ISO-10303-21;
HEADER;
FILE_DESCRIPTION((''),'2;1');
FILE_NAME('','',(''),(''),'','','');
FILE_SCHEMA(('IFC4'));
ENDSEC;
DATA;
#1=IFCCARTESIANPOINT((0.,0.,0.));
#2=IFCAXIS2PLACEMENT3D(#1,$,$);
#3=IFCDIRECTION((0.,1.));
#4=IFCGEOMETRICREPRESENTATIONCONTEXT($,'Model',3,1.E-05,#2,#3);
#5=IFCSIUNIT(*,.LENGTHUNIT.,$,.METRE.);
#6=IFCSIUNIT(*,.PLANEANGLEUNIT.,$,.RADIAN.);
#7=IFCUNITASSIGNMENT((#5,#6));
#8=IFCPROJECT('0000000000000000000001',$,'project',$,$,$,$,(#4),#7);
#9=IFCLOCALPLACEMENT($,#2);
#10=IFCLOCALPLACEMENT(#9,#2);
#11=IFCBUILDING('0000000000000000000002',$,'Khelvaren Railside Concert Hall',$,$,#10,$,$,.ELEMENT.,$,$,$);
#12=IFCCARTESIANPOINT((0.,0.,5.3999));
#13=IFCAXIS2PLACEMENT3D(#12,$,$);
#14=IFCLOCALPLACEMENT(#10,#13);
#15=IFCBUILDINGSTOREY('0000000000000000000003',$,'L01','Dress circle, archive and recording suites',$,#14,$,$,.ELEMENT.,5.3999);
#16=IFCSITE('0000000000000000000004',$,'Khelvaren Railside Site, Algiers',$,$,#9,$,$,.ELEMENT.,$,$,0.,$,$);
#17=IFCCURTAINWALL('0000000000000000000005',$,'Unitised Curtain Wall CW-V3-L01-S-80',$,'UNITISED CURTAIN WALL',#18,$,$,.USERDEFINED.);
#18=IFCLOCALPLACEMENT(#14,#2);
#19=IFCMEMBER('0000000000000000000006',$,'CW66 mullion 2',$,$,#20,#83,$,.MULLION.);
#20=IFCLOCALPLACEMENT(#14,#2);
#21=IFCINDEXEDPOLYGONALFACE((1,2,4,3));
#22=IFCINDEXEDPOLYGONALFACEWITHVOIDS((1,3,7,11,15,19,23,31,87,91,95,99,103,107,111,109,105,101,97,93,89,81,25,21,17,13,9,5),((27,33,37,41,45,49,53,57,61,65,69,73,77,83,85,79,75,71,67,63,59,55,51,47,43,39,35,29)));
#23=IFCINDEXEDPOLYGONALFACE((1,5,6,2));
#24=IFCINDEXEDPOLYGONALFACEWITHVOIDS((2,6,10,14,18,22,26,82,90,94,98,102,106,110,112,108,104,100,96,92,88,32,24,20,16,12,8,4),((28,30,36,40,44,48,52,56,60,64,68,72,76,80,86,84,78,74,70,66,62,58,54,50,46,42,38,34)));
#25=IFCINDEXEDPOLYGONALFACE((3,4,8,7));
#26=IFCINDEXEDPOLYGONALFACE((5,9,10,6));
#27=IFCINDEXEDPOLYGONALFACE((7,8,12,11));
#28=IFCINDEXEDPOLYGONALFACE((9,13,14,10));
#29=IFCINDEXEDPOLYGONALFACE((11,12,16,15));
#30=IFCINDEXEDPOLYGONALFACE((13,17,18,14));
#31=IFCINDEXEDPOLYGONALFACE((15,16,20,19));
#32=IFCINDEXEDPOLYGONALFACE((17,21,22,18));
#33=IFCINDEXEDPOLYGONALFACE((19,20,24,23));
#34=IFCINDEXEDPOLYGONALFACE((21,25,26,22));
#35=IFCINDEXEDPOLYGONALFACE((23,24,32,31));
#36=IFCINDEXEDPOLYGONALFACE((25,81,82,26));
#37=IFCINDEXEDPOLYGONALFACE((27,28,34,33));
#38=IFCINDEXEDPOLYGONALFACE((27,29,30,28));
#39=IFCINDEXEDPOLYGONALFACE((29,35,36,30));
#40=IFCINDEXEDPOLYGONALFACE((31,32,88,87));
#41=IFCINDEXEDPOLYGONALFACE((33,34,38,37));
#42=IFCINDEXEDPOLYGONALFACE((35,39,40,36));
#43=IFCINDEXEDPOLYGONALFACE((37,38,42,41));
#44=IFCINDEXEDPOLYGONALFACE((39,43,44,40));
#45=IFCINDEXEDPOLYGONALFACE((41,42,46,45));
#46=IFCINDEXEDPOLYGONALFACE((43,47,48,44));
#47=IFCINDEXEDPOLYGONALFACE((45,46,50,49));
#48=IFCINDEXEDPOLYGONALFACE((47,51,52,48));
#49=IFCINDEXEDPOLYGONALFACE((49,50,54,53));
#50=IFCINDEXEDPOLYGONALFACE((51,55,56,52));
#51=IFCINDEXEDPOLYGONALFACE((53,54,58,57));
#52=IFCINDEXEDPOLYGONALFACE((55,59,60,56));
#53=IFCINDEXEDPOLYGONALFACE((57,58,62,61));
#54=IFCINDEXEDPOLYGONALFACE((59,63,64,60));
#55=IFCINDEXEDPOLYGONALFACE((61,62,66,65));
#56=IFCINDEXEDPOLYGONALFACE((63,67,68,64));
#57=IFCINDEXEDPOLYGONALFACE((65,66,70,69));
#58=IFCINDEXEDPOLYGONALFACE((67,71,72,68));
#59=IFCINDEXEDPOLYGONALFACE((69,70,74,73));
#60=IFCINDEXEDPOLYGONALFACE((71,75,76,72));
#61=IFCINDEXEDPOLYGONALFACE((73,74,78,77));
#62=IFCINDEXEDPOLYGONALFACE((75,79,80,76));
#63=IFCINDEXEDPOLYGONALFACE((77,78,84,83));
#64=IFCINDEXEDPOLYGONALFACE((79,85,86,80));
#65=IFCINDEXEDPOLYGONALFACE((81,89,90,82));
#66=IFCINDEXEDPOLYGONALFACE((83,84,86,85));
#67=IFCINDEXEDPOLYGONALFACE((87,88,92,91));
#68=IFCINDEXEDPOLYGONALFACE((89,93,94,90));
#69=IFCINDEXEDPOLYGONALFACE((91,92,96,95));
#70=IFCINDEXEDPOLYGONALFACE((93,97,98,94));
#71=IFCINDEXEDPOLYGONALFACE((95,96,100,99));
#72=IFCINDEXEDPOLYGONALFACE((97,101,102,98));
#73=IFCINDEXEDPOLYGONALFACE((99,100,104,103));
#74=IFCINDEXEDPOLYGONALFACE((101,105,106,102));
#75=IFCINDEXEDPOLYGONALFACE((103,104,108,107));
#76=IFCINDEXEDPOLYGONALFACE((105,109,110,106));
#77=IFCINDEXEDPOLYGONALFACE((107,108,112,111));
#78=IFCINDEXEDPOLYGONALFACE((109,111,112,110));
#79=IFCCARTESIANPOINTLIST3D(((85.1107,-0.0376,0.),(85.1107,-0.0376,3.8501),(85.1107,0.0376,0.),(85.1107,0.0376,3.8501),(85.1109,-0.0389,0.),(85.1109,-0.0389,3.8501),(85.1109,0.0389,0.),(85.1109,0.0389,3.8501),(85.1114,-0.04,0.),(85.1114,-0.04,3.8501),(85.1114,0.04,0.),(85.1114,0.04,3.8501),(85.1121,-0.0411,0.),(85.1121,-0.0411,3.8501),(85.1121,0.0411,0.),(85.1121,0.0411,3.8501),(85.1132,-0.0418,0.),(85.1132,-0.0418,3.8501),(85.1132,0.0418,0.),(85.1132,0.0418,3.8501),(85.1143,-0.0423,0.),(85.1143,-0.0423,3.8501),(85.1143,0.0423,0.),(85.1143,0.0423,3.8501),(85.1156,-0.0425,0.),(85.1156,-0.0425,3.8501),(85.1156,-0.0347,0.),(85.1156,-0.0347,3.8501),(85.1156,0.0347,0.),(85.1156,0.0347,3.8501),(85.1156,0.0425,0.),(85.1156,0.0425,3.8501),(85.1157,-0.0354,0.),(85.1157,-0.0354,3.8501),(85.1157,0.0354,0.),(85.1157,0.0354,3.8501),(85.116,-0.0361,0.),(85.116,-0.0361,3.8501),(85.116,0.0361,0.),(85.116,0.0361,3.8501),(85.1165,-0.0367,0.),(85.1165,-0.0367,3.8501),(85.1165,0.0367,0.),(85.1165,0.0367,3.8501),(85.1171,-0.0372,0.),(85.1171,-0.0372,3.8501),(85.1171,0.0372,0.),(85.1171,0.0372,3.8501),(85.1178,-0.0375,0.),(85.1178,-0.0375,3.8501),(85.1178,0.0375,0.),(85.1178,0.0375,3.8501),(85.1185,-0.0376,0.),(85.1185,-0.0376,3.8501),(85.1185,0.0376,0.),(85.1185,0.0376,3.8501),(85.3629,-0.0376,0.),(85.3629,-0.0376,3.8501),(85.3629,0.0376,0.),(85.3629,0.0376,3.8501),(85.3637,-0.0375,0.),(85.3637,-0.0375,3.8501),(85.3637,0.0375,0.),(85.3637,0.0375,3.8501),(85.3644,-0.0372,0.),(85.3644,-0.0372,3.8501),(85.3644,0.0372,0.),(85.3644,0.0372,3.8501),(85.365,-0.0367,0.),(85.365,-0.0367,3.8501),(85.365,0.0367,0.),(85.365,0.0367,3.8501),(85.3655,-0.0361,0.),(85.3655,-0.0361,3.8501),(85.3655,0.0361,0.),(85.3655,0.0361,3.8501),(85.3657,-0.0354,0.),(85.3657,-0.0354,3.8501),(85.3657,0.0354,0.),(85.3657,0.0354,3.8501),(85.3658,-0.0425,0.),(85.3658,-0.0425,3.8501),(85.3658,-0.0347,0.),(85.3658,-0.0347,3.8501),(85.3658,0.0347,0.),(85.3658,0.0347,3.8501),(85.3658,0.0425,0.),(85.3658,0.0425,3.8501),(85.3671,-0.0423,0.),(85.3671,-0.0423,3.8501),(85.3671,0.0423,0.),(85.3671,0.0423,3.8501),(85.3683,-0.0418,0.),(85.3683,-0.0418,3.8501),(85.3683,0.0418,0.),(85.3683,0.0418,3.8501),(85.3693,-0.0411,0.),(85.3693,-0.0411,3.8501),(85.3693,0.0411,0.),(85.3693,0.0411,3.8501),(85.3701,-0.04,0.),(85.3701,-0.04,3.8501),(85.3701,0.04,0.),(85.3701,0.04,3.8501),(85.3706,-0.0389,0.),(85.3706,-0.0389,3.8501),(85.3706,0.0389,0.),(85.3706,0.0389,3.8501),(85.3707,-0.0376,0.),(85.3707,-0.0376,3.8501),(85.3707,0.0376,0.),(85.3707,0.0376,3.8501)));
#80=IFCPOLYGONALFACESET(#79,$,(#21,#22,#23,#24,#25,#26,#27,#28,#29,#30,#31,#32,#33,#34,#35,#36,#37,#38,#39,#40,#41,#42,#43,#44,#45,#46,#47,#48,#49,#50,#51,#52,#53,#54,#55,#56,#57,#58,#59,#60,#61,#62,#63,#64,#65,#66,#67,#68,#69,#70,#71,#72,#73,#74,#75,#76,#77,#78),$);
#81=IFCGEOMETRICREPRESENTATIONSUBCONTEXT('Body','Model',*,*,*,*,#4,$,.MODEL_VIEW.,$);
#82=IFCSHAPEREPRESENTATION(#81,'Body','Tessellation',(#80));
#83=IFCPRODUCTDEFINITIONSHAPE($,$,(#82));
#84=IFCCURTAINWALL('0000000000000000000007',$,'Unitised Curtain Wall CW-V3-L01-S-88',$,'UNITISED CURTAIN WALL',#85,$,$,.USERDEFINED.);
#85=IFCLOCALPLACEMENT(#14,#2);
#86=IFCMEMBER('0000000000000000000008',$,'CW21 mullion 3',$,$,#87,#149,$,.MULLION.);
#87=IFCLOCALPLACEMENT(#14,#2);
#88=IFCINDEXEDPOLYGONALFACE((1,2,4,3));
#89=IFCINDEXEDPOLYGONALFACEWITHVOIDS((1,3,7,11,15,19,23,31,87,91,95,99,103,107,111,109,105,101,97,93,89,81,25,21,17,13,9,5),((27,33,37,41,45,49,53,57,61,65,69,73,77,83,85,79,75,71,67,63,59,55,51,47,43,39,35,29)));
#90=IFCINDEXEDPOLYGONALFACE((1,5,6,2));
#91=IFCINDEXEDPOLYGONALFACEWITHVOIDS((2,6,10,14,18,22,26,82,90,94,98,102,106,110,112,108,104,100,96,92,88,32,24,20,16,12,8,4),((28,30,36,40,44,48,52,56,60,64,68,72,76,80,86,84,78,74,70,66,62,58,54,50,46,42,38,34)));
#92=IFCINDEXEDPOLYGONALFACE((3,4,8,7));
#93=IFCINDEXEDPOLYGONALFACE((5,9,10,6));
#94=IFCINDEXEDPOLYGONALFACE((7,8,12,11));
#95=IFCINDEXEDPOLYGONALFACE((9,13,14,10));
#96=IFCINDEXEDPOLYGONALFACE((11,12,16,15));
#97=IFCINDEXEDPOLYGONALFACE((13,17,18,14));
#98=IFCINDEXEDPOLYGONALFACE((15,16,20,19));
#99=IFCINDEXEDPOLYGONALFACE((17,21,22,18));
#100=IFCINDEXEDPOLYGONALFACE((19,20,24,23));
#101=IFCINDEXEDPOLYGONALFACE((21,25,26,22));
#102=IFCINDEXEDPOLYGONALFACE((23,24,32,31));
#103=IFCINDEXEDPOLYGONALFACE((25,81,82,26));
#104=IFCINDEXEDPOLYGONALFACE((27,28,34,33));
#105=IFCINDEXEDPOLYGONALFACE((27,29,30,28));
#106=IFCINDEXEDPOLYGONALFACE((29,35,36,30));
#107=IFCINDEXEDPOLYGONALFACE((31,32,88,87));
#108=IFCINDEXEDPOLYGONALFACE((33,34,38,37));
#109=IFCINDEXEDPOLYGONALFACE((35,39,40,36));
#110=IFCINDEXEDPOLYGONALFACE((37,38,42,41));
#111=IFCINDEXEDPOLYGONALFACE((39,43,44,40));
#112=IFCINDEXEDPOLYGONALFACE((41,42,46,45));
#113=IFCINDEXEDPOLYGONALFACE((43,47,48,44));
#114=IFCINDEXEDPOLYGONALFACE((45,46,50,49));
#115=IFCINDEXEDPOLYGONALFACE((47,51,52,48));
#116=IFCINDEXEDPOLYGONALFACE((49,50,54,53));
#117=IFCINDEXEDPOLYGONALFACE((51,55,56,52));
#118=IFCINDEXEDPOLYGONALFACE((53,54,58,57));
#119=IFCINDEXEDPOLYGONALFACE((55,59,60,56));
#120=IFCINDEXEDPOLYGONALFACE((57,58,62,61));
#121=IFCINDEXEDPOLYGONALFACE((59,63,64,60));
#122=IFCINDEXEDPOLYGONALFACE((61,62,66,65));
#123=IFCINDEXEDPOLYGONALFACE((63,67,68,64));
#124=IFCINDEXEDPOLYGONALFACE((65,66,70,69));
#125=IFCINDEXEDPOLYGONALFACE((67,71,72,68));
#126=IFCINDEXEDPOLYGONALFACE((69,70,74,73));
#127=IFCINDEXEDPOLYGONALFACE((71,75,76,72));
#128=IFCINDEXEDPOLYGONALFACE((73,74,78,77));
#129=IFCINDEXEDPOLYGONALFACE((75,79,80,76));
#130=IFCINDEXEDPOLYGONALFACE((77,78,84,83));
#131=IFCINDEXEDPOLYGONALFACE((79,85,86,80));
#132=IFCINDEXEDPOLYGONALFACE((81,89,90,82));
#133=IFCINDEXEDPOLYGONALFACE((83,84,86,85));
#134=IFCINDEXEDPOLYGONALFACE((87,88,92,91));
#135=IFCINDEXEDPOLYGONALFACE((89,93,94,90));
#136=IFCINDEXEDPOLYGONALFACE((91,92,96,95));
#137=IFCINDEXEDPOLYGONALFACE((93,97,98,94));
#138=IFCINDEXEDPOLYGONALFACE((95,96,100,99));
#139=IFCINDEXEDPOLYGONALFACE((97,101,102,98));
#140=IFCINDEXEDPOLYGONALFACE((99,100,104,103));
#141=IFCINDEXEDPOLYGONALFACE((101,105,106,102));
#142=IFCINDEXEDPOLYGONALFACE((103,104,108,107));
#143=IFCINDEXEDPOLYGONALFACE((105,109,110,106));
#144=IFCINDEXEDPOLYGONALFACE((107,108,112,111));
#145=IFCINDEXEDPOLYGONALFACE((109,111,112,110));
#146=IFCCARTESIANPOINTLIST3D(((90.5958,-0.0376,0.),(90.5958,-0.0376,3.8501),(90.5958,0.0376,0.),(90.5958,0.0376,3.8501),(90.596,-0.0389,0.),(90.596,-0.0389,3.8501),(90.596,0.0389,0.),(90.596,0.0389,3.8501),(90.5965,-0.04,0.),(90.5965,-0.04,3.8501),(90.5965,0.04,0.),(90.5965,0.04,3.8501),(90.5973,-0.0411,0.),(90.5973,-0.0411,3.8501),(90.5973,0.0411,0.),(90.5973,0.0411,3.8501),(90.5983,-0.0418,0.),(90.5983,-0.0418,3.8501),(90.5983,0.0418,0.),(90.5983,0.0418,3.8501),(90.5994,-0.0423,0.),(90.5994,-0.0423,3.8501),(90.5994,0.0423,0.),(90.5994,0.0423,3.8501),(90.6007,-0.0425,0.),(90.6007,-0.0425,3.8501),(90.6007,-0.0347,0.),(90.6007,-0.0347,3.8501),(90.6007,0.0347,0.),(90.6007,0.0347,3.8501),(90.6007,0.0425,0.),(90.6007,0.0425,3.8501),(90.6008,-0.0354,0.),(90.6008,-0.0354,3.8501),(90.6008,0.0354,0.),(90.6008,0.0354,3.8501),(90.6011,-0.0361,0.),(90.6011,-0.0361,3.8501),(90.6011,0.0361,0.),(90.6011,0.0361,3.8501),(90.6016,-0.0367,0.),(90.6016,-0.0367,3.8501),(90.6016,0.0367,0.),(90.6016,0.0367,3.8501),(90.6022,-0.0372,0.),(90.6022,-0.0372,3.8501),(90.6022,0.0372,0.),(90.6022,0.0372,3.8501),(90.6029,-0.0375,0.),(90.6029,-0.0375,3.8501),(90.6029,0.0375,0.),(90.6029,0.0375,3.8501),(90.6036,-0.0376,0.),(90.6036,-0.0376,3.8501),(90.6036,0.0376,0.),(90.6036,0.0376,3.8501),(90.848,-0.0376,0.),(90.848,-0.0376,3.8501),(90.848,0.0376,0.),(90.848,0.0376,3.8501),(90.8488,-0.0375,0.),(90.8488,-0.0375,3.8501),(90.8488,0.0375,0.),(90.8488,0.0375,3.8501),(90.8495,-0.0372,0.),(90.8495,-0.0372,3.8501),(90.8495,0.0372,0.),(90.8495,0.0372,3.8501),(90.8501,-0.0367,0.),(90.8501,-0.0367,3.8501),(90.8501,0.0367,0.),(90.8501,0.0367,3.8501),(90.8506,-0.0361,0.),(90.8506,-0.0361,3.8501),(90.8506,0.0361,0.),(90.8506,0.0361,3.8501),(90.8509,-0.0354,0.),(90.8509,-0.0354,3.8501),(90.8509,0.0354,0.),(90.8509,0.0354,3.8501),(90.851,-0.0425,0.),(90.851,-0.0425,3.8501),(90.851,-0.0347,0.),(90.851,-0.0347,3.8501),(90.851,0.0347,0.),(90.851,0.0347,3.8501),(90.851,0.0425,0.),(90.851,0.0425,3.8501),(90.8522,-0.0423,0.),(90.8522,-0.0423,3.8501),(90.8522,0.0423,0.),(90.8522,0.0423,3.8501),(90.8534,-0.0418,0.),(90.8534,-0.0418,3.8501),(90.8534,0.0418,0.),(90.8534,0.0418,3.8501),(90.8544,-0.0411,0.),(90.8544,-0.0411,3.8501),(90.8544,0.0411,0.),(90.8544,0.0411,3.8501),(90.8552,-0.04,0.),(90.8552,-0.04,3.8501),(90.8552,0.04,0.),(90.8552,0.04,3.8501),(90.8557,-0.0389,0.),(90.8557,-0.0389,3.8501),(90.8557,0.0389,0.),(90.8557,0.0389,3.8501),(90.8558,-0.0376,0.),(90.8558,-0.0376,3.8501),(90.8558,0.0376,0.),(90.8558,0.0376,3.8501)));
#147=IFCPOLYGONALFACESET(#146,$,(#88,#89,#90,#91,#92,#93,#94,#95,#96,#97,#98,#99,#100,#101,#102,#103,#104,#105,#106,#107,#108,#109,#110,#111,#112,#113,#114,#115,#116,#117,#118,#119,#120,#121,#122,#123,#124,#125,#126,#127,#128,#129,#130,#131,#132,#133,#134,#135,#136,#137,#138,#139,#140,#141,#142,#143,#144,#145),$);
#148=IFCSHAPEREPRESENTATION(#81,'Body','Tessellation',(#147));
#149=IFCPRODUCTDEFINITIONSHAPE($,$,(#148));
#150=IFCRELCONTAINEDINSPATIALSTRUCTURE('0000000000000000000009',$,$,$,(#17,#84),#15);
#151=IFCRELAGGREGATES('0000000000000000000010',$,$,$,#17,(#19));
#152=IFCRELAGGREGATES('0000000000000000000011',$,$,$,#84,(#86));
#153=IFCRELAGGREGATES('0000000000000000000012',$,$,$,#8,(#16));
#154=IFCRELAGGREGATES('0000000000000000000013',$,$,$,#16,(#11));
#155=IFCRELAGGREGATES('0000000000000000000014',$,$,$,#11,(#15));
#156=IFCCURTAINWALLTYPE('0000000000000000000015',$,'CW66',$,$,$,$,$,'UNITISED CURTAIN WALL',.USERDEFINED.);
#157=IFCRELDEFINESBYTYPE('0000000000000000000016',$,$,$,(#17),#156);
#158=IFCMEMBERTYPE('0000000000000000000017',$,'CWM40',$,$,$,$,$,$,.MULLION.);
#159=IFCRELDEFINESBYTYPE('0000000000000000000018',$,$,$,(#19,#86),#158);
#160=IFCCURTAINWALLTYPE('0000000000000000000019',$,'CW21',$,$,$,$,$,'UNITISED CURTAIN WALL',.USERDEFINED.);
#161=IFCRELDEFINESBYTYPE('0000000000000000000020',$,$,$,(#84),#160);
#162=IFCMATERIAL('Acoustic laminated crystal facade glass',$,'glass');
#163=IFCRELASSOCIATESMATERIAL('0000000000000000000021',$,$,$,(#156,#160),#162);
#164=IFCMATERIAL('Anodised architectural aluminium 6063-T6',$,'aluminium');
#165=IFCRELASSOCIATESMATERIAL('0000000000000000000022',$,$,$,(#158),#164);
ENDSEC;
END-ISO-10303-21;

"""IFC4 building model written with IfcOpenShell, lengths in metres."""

from ifc_helpers import new_model, si_unit, direction, frame, origin, origin_2d, place, context, subcontext, project, spatial, hollow_rectangle, extrude, material, material_profile, profile_set, type_object, element, aggregate, save


model = new_model("IFC4")

# Units and contexts
model_context = context("Model", 3, precision=1e-05, world=origin(), true_north=direction((0.0, 1.0)))
body_context = subcontext(model_context, "Body", "Model", "MODEL_VIEW")
ifc_project = project(units=[si_unit("LENGTHUNIT", "METRE"), si_unit("PLANEANGLEUNIT", "RADIAN")], contexts=[model_context])

# Site, building, storey
site_placement = place(None, origin())
site = spatial("IfcSite", under=ifc_project, at=site_placement, Name="Khelvaren Railside Site, Algiers", CompositionType="ELEMENT", RefElevation=0.0)
building_placement = place(site_placement, origin())
building = spatial("IfcBuilding", under=site, at=building_placement, Name="Khelvaren Railside Concert Hall", CompositionType="ELEMENT")
storey_placement = place(building_placement, frame((0.0, 0.0, 5.3999)))
storey = spatial("IfcBuildingStorey", under=building, at=storey_placement, Name="L01", Description="Dress circle, archive and recording suites", CompositionType="ELEMENT", Elevation=5.3999)

# Curtain walls, members
ifc_material_1 = material(Name="Acoustic laminated crystal facade glass", Category="glass")
curtain_wall_type_1 = type_object("IfcCurtainWallType", Name="CW66", ElementType="UNITISED CURTAIN WALL", PredefinedType="USERDEFINED", material=ifc_material_1)
curtain_wall_1_placement = place(storey_placement, origin())
curtain_wall_1 = element("IfcCurtainWall", 1, at=curtain_wall_1_placement, inside=storey, type_object=curtain_wall_type_1, Name="Unitised Curtain Wall CW-V3-L01-S-80", ObjectType="UNITISED CURTAIN WALL", PredefinedType="USERDEFINED")
ifc_material_2 = material(Name="Anodised architectural aluminium 6063-T6", Category="aluminium")
ifc_material_profile_1 = material_profile(ifc_material_2, hollow_rectangle(XDim=0.085, YDim=0.26, WallThickness=0.0049, InnerFilletRadius=0.0029, OuterFilletRadius=0.0049, at=origin_2d()), Name="CWM 85x260x5")
ifc_profile_set_1 = profile_set([ifc_material_profile_1], Name="Anodised architectural aluminium 6063-T6")
member_type_1 = type_object("IfcMemberType", Name="CWM40", PredefinedType="MULLION", material=ifc_profile_set_1)
member_1_placement = place(storey_placement, frame((85.2407, 0.0, 0.0), z_axis=(0.0, 0.0, 1.0), x_axis=(0.0, -1.0, 0.0)))
member_1 = element("IfcMember", 2, at=member_1_placement, type_object=member_type_1, Name="CW66 mullion 2", PredefinedType="MULLION", context=body_context, shape_type="SweptSolid", body=[
    extrude(hollow_rectangle(XDim=0.085, YDim=0.26, WallThickness=0.0049, InnerFilletRadius=0.0029, OuterFilletRadius=0.0049, at=origin_2d()), origin(), (0.0, 0.0, 1.0), 3.8501),
])
curtain_wall_type_2 = type_object("IfcCurtainWallType", Name="CW21", ElementType="UNITISED CURTAIN WALL", PredefinedType="USERDEFINED", material=ifc_material_1)
curtain_wall_2_placement = place(storey_placement, origin())
curtain_wall_2 = element("IfcCurtainWall", 3, at=curtain_wall_2_placement, inside=storey, type_object=curtain_wall_type_2, Name="Unitised Curtain Wall CW-V3-L01-S-88", ObjectType="UNITISED CURTAIN WALL", PredefinedType="USERDEFINED")
member_2_placement = place(storey_placement, frame((90.7258, 0.0, 0.0), z_axis=(0.0, 0.0, 1.0), x_axis=(0.0, -1.0, 0.0)))
member_2 = element("IfcMember", 4, at=member_2_placement, type_object=member_type_1, Name="CW21 mullion 3", PredefinedType="MULLION", context=body_context, shape_type="SweptSolid", body=[
    extrude(hollow_rectangle(XDim=0.085, YDim=0.26, WallThickness=0.0049, InnerFilletRadius=0.0029, OuterFilletRadius=0.0049, at=origin_2d()), origin(), (0.0, 0.0, 1.0), 3.8501),
])

aggregate(curtain_wall_1, [member_1])
aggregate(curtain_wall_2, [member_2])

save(model, "model.ifc")
